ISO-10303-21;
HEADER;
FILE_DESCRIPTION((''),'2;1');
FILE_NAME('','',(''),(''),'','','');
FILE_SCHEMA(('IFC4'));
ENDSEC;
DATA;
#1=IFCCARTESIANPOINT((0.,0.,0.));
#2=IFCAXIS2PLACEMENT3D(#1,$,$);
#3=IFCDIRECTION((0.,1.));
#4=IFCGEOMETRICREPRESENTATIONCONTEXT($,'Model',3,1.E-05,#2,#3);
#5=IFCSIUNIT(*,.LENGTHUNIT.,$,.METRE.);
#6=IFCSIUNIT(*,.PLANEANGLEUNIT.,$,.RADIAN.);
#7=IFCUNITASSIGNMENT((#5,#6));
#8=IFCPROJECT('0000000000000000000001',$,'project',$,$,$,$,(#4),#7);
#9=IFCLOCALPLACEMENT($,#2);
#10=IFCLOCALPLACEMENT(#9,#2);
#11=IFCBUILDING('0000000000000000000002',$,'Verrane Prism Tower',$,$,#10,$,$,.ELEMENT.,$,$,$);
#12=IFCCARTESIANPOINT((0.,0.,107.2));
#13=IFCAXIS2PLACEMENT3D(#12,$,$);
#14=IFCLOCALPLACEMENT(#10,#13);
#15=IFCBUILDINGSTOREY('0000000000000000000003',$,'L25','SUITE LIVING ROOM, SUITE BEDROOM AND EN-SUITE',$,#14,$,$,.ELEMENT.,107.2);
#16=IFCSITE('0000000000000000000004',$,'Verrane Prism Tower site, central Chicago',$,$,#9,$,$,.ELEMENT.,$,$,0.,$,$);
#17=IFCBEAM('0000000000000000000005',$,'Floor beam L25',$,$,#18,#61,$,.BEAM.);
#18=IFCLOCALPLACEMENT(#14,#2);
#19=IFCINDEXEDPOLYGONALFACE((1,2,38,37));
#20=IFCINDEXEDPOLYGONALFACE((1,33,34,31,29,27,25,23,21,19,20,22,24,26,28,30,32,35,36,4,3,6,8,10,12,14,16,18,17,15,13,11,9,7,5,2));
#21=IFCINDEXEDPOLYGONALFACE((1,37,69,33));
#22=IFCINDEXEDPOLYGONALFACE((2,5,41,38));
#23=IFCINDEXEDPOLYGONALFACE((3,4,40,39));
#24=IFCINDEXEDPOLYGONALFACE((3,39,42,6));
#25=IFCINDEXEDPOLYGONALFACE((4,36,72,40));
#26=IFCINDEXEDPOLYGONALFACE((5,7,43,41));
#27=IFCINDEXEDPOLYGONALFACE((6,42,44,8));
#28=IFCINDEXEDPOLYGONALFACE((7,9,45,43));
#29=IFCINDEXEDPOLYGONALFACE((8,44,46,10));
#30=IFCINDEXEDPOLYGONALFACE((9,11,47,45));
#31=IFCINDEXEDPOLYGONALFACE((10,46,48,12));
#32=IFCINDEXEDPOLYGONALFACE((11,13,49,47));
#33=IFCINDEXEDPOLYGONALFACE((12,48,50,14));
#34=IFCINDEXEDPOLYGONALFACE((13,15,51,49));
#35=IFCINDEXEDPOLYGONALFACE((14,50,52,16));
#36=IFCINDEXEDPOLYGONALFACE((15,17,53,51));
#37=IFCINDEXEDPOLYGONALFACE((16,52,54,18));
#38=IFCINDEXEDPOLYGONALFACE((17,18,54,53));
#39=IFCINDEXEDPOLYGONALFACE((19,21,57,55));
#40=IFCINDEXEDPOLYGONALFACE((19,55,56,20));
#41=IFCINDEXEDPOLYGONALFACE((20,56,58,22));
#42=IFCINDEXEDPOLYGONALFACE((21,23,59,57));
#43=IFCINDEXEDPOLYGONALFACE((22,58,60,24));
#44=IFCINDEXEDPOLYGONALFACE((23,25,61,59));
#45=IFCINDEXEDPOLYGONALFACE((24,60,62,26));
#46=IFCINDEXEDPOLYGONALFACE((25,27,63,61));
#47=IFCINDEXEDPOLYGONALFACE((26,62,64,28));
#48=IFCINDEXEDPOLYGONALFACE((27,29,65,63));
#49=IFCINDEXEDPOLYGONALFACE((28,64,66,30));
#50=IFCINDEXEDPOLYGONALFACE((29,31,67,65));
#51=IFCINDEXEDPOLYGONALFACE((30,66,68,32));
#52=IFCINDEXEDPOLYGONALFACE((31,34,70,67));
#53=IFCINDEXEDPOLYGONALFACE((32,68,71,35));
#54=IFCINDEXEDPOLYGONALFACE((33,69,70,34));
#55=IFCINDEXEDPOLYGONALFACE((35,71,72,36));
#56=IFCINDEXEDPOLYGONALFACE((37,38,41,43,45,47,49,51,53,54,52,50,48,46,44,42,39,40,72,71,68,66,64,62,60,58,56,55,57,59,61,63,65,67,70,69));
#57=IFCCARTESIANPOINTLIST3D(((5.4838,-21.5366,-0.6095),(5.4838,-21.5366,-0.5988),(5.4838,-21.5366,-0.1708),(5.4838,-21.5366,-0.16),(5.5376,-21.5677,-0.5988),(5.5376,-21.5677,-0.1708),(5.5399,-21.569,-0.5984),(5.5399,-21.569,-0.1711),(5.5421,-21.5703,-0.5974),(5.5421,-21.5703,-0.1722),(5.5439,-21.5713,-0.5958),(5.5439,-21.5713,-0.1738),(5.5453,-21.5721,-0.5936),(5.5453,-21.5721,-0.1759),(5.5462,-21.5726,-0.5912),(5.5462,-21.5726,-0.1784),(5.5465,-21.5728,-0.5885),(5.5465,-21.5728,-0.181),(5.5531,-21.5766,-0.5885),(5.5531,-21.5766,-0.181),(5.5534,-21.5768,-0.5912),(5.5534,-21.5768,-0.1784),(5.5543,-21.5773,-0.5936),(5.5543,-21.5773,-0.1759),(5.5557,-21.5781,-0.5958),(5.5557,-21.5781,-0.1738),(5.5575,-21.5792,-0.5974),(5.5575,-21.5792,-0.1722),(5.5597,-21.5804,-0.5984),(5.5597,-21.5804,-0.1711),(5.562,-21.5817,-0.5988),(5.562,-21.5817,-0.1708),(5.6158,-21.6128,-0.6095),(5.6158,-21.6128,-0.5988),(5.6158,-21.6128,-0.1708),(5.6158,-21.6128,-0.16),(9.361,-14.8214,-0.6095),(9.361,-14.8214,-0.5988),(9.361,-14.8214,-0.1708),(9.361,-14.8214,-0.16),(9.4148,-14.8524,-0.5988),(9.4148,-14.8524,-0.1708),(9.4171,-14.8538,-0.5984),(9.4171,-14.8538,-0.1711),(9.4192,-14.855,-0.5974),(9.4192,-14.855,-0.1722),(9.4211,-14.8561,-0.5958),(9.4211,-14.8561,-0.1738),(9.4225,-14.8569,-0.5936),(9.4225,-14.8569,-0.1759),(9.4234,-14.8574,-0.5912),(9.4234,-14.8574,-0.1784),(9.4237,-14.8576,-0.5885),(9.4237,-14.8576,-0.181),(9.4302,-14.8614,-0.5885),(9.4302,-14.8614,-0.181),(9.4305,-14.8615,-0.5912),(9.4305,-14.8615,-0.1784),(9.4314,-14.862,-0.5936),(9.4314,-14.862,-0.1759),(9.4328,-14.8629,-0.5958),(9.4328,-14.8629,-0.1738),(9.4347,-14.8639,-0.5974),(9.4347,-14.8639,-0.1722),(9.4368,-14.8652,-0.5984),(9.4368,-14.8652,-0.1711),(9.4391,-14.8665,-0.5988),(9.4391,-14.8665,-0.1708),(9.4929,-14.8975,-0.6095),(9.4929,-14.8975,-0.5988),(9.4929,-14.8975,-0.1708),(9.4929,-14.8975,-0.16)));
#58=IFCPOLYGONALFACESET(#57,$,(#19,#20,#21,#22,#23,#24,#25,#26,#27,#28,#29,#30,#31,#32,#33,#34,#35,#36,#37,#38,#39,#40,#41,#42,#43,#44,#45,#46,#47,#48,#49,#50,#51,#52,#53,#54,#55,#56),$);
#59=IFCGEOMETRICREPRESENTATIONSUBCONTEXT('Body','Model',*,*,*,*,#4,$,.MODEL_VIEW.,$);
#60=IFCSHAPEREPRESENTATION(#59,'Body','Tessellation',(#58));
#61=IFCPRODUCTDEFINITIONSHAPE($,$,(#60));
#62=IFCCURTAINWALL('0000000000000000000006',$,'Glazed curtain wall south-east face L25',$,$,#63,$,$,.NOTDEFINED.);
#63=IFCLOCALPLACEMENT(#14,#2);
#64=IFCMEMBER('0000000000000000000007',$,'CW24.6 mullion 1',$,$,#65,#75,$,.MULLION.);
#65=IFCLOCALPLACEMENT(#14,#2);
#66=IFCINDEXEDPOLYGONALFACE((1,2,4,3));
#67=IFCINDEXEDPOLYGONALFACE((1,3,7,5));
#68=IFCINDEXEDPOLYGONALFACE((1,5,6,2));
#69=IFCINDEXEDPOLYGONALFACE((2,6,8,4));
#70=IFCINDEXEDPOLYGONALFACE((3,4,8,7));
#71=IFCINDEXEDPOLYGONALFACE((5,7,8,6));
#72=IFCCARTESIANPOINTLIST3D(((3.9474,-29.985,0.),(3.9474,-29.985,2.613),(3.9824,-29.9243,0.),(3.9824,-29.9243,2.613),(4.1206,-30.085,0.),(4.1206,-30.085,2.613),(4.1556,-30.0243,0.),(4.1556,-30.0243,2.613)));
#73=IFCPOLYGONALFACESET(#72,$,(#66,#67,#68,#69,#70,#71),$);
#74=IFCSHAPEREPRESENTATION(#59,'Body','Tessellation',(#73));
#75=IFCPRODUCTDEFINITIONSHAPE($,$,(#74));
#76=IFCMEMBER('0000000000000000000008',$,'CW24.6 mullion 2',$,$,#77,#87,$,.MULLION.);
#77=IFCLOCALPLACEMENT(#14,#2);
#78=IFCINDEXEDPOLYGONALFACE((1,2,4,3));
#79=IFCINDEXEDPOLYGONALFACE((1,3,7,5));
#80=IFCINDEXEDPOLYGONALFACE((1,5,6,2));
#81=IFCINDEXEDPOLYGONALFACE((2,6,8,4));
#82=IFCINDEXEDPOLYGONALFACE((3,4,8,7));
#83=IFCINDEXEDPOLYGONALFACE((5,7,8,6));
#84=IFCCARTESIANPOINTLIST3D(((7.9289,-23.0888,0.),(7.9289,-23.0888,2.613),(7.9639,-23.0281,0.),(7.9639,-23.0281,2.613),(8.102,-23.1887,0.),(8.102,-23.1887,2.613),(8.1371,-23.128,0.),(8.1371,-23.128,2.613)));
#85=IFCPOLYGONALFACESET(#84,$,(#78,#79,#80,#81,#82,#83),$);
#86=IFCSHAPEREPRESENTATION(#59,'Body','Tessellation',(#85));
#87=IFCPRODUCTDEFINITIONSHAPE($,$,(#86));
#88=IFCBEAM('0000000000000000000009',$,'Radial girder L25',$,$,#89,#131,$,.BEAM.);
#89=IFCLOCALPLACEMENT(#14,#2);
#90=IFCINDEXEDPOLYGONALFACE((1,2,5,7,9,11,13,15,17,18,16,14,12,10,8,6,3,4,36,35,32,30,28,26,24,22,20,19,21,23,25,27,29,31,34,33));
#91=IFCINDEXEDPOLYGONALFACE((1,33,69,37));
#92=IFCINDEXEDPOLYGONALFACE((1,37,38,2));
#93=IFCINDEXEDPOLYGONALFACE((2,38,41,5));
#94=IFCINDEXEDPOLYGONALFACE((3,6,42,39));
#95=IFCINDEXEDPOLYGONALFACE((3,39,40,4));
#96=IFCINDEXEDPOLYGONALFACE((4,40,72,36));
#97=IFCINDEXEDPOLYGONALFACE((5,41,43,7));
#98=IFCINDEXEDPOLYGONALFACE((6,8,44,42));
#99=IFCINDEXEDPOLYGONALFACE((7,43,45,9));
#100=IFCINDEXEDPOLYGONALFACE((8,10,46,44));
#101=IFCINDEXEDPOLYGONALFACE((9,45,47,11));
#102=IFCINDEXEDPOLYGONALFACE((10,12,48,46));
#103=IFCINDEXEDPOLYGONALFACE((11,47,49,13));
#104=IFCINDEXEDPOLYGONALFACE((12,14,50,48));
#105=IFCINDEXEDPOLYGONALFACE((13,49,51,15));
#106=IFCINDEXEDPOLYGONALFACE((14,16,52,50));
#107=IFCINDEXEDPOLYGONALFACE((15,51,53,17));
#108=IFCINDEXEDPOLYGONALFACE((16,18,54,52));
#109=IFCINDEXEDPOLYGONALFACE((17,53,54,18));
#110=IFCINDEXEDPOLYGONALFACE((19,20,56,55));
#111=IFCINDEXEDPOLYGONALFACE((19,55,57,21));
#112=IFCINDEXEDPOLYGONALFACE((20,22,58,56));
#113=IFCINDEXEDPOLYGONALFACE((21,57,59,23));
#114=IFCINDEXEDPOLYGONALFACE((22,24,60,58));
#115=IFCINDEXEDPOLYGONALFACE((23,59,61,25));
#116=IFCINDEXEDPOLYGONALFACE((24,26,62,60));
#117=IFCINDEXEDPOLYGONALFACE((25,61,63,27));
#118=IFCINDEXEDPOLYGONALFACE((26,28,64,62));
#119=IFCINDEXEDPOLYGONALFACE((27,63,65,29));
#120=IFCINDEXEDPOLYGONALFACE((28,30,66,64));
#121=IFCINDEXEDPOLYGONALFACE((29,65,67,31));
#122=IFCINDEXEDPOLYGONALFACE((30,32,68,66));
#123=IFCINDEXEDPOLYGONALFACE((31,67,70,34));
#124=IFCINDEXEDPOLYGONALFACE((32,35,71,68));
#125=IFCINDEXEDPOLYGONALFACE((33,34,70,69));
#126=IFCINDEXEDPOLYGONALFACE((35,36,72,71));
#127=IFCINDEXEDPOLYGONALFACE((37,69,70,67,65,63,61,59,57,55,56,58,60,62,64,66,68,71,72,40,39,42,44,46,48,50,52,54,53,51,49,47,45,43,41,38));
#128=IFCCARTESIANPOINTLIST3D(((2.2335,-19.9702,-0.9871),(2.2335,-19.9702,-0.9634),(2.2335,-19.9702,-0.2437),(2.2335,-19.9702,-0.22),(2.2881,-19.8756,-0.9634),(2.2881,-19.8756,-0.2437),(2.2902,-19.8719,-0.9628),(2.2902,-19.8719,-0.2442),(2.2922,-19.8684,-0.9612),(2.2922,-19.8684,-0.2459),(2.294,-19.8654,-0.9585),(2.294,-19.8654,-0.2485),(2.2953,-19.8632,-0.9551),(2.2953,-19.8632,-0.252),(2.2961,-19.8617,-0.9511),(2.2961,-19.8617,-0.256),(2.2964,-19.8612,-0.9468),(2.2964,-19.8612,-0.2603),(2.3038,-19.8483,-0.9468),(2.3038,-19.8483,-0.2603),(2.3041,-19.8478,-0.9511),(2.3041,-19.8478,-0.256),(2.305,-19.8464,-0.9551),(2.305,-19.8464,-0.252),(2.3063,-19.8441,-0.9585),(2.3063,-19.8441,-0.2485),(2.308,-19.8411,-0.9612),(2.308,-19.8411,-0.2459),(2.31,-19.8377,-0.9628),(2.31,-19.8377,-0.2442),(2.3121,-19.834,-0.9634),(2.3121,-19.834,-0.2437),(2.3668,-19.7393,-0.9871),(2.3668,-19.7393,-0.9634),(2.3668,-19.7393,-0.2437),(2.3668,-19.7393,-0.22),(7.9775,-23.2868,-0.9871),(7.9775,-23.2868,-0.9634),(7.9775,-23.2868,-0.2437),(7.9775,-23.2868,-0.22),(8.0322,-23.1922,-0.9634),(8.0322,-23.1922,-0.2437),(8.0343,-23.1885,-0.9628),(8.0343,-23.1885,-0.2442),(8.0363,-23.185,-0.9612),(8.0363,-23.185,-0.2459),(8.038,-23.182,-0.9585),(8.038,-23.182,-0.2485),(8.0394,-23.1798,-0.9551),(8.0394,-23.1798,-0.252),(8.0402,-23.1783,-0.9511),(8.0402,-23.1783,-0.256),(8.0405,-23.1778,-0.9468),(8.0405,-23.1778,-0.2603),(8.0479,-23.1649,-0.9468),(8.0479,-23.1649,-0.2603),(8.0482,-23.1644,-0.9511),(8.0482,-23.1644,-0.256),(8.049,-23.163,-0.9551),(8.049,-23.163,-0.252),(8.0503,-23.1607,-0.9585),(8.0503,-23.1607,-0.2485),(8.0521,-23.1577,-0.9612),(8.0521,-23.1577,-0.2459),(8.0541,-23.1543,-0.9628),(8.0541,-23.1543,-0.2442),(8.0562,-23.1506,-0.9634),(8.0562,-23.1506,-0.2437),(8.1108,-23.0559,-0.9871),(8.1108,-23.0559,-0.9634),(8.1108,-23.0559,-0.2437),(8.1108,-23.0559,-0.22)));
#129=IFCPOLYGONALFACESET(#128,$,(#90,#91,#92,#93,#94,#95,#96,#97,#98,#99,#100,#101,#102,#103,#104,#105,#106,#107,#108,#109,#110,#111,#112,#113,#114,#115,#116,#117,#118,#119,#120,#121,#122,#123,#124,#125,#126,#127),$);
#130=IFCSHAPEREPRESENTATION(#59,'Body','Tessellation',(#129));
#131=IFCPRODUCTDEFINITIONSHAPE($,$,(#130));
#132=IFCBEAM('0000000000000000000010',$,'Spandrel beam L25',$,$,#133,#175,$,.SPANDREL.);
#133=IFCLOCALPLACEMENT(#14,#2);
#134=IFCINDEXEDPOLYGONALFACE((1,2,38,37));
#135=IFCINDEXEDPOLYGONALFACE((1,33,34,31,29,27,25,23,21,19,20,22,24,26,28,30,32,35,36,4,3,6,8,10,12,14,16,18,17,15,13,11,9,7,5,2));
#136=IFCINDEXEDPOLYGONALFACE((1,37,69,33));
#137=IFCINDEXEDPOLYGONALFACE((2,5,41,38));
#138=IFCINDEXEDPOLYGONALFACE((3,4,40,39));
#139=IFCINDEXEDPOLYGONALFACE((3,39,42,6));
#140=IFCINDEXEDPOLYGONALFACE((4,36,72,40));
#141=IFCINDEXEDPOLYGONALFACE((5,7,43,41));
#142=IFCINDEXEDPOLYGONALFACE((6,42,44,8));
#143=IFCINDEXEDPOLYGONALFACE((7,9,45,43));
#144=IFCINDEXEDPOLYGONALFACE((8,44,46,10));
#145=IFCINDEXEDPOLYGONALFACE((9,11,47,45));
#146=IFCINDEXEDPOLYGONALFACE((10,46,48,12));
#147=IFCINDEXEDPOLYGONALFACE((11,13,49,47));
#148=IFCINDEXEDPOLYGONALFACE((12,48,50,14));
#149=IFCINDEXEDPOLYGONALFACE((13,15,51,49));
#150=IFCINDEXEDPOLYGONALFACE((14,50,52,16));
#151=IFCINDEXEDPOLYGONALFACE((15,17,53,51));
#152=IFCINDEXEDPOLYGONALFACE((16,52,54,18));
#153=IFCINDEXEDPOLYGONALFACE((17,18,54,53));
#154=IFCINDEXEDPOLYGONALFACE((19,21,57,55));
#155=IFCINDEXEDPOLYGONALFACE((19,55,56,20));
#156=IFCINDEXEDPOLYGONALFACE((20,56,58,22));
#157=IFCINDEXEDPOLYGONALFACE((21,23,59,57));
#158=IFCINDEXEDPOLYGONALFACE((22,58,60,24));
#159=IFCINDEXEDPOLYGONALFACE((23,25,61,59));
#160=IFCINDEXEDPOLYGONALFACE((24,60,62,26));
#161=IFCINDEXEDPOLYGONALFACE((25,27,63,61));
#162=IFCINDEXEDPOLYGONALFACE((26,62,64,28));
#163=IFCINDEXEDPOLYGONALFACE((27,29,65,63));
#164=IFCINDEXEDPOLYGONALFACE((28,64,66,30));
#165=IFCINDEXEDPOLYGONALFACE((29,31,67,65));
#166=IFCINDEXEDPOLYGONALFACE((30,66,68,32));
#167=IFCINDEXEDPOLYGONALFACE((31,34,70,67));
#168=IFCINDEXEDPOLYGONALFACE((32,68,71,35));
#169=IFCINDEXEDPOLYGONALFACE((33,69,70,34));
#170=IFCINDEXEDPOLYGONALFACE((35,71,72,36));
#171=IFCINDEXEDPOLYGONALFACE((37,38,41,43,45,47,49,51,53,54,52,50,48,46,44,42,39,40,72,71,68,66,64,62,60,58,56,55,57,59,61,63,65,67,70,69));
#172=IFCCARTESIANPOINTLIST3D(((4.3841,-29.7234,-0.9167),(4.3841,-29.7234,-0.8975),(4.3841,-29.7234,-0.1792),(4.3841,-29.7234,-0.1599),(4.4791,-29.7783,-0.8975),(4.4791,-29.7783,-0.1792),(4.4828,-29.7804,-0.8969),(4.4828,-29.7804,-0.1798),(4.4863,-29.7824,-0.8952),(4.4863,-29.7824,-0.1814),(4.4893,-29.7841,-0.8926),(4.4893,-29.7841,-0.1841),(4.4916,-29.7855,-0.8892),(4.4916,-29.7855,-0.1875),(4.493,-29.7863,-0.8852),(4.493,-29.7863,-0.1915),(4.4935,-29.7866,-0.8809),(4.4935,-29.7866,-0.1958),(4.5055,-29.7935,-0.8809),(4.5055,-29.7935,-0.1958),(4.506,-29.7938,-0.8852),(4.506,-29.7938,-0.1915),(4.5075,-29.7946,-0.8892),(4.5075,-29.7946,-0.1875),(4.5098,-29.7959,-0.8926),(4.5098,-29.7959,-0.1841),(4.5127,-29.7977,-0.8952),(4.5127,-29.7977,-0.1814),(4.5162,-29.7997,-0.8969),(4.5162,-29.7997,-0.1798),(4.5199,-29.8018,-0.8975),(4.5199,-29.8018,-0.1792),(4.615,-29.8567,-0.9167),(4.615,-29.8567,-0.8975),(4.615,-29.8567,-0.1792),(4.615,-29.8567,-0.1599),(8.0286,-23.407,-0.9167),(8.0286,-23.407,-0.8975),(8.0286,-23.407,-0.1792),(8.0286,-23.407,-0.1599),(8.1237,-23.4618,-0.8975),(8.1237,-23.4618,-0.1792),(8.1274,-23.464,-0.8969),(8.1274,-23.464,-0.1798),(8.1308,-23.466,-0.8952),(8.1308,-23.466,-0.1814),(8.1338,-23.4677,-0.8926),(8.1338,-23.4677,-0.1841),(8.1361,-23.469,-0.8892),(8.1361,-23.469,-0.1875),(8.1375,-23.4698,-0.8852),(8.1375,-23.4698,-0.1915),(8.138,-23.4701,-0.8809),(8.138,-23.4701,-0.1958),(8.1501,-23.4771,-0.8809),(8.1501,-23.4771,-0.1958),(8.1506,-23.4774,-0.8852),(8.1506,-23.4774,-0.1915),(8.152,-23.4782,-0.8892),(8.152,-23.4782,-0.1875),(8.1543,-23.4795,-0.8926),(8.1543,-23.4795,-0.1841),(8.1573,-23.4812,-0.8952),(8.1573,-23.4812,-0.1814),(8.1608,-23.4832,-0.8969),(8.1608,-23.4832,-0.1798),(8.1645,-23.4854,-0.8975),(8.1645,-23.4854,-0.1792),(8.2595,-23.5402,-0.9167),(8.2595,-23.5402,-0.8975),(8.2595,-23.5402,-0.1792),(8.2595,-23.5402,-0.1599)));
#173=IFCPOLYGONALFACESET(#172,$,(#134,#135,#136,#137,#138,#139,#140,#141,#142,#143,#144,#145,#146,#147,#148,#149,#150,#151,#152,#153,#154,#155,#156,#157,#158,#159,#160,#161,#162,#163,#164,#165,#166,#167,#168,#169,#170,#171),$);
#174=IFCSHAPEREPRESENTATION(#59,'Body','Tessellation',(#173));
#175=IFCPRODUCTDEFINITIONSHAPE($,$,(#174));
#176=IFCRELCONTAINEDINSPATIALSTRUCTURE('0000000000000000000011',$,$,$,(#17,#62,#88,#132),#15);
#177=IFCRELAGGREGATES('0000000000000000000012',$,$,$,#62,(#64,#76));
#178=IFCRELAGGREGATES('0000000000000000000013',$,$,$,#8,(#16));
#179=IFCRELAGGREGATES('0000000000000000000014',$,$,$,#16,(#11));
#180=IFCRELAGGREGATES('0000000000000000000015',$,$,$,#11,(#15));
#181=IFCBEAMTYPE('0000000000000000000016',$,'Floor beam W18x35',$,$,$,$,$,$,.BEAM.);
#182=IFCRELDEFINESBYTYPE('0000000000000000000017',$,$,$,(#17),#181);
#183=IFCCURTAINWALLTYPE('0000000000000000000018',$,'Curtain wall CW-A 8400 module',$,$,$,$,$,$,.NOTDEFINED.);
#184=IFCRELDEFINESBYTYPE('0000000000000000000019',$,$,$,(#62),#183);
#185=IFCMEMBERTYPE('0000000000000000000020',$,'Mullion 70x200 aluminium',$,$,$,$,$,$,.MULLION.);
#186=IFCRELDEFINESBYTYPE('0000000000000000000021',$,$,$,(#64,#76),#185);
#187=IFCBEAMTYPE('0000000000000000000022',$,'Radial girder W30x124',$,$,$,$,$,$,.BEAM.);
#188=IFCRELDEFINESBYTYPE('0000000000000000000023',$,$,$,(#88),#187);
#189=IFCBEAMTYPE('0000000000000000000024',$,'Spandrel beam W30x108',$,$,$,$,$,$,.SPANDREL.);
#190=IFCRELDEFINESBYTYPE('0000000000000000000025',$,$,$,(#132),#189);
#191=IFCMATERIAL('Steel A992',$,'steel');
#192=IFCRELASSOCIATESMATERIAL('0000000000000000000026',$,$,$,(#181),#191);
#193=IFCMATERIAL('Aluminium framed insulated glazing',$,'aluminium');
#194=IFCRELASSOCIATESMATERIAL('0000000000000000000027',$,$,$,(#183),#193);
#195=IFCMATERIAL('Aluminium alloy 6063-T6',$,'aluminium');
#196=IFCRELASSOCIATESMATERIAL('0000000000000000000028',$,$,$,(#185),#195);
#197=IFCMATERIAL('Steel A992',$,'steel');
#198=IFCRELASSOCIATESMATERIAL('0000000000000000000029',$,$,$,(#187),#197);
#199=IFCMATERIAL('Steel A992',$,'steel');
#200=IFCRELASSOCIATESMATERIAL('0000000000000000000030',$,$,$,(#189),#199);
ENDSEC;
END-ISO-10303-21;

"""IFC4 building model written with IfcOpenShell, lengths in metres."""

from ifc_helpers import new_model, si_unit, direction, frame, origin, origin_2d, place, context, subcontext, project, spatial, rectangle, i_section, extrude, material, material_profile, profile_set, type_object, element, aggregate, save


model = new_model("IFC4")

# Units and contexts
model_context = context("Model", 3, precision=1e-05, world=origin(), true_north=direction((0.0, 1.0)))
body_context = subcontext(model_context, "Body", "Model", "MODEL_VIEW")
ifc_project = project(units=[si_unit("LENGTHUNIT", "METRE"), si_unit("PLANEANGLEUNIT", "RADIAN")], contexts=[model_context])

# Site, building, storey
site_placement = place(None, origin())
site = spatial("IfcSite", under=ifc_project, at=site_placement, Name="Verrane Prism Tower site, central Chicago", CompositionType="ELEMENT", RefElevation=0.0)
building_placement = place(site_placement, origin())
building = spatial("IfcBuilding", under=site, at=building_placement, Name="Verrane Prism Tower", CompositionType="ELEMENT")
storey_placement = place(building_placement, frame((0.0, 0.0, 107.2)))
storey = spatial("IfcBuildingStorey", under=building, at=storey_placement, Name="L25", Description="SUITE LIVING ROOM, SUITE BEDROOM AND EN-SUITE", CompositionType="ELEMENT", Elevation=107.2)

# Beam
ifc_material_1 = material(Name="Steel A992", Category="steel")
ifc_material_profile_1 = material_profile(ifc_material_1, i_section(OverallWidth=0.1523, OverallDepth=0.4495, WebThickness=0.0076, FlangeThickness=0.0107, FilletRadius=0.0103, at=origin_2d()), Name="W18x35")
ifc_profile_set_1 = profile_set([ifc_material_profile_1], Name="Steel A992")
beam_type_1 = type_object("IfcBeamType", Name="Floor beam W18x35", PredefinedType="BEAM", material=ifc_profile_set_1)
beam_1_placement = place(storey_placement, frame((5.5498, -21.5747, -0.3848), z_axis=(0.50001, 0.86602, 0.0), x_axis=(-0.86602, 0.50001, 0.0)))
element("IfcBeam", 1, at=beam_1_placement, inside=storey, type_object=beam_type_1, Name="Floor beam L25", PredefinedType="BEAM", context=body_context, shape_type="SweptSolid", body=[
    extrude(i_section(OverallWidth=0.1523, OverallDepth=0.4495, WebThickness=0.0076, FlangeThickness=0.0107, FilletRadius=0.0103, at=origin_2d()), origin(), (0.0, 0.0, 1.0), 7.7542),
])

# Curtain wall, members
ifc_material_2 = material(Name="Aluminium framed insulated glazing", Category="aluminium")
curtain_wall_type = type_object("IfcCurtainWallType", Name="Curtain wall CW-A 8400 module", PredefinedType="NOTDEFINED", material=ifc_material_2)
curtain_wall_1_placement = place(storey_placement, origin())
curtain_wall_1 = element("IfcCurtainWall", 2, at=curtain_wall_1_placement, inside=storey, type_object=curtain_wall_type, Name="Glazed curtain wall south-east face L25", PredefinedType="NOTDEFINED")
ifc_material_3 = material(Name="Aluminium alloy 6063-T6", Category="aluminium")
ifc_material_profile_2 = material_profile(ifc_material_3, rectangle(XDim=0.2, YDim=0.0701, at=origin_2d()), Name="Mullion 70x200 aluminium")
ifc_profile_set_2 = profile_set([ifc_material_profile_2], Name="Aluminium alloy 6063-T6")
member_type_1 = type_object("IfcMemberType", Name="Mullion 70x200 aluminium", PredefinedType="MULLION", material=ifc_profile_set_2)
member_1_placement = place(storey_placement, frame((4.0515, -30.0046, 0.0), z_axis=(0.0, 0.0, 1.0), x_axis=(-0.866025, 0.5, 0.0)))
member_1 = element("IfcMember", 3, at=member_1_placement, type_object=member_type_1, Name="CW24.6 mullion 1", PredefinedType="MULLION", context=body_context, shape_type="SweptSolid", body=[
    extrude(rectangle(XDim=0.2, YDim=0.0701, at=origin_2d()), origin(), (0.0, 0.0, 1.0), 2.613),
])
member_2_placement = place(storey_placement, frame((8.033, -23.1084, 0.0), z_axis=(0.0, 0.0, 1.0), x_axis=(-0.866025, 0.5, 0.0)))
member_2 = element("IfcMember", 4, at=member_2_placement, type_object=member_type_1, Name="CW24.6 mullion 2", PredefinedType="MULLION", context=body_context, shape_type="SweptSolid", body=[
    extrude(rectangle(XDim=0.2, YDim=0.0701, at=origin_2d()), origin(), (0.0, 0.0, 1.0), 2.613),
])

# Beams
ifc_material_4 = material(Name="Steel A992", Category="steel")
ifc_material_profile_3 = material_profile(ifc_material_4, i_section(OverallWidth=0.2666, OverallDepth=0.7671, WebThickness=0.0149, FlangeThickness=0.0237, FilletRadius=0.0166, at=origin_2d()), Name="W30x124")
ifc_profile_set_3 = profile_set([ifc_material_profile_3], Name="Steel A992")
beam_type_2 = type_object("IfcBeamType", Name="Radial girder W30x124", PredefinedType="BEAM", material=ifc_profile_set_3)
beam_2_placement = place(storey_placement, frame((8.0442, -23.1714, -0.6035), z_axis=(-0.866008, 0.50003, 0.0), x_axis=(-0.50003, -0.866008, 0.0)))
element("IfcBeam", 5, at=beam_2_placement, inside=storey, type_object=beam_type_2, Name="Radial girder L25", PredefinedType="BEAM", context=body_context, shape_type="SweptSolid", body=[
    extrude(i_section(OverallWidth=0.2666, OverallDepth=0.7671, WebThickness=0.0149, FlangeThickness=0.0237, FilletRadius=0.0166, at=origin_2d()), origin(), (0.0, 0.0, 1.0), 6.6328),
])
ifc_material_5 = material(Name="Steel A992", Category="steel")
ifc_material_profile_4 = material_profile(ifc_material_5, i_section(OverallWidth=0.2666, OverallDepth=0.7568, WebThickness=0.0139, FlangeThickness=0.0193, FilletRadius=0.0166, at=origin_2d()), Name="W30x108")
ifc_profile_set_4 = profile_set([ifc_material_profile_4], Name="Steel A992")
beam_type_3 = type_object("IfcBeamType", Name="Spandrel beam W30x108", PredefinedType="SPANDREL", material=ifc_profile_set_4)
beam_3_placement = place(storey_placement, frame((4.4995, -29.79, -0.5383), z_axis=(0.499769, 0.866159, 0.0), x_axis=(-0.866159, 0.499769, 0.0)))
element("IfcBeam", 6, at=beam_3_placement, inside=storey, type_object=beam_type_3, Name="Spandrel beam L25", PredefinedType="SPANDREL", context=body_context, shape_type="SweptSolid", body=[
    extrude(i_section(OverallWidth=0.2666, OverallDepth=0.7568, WebThickness=0.0139, FlangeThickness=0.0193, FilletRadius=0.0166, at=origin_2d()), origin(), (0.0, 0.0, 1.0), 7.2925),
])

aggregate(curtain_wall_1, [member_1, member_2])

save(model, "model.ifc")
